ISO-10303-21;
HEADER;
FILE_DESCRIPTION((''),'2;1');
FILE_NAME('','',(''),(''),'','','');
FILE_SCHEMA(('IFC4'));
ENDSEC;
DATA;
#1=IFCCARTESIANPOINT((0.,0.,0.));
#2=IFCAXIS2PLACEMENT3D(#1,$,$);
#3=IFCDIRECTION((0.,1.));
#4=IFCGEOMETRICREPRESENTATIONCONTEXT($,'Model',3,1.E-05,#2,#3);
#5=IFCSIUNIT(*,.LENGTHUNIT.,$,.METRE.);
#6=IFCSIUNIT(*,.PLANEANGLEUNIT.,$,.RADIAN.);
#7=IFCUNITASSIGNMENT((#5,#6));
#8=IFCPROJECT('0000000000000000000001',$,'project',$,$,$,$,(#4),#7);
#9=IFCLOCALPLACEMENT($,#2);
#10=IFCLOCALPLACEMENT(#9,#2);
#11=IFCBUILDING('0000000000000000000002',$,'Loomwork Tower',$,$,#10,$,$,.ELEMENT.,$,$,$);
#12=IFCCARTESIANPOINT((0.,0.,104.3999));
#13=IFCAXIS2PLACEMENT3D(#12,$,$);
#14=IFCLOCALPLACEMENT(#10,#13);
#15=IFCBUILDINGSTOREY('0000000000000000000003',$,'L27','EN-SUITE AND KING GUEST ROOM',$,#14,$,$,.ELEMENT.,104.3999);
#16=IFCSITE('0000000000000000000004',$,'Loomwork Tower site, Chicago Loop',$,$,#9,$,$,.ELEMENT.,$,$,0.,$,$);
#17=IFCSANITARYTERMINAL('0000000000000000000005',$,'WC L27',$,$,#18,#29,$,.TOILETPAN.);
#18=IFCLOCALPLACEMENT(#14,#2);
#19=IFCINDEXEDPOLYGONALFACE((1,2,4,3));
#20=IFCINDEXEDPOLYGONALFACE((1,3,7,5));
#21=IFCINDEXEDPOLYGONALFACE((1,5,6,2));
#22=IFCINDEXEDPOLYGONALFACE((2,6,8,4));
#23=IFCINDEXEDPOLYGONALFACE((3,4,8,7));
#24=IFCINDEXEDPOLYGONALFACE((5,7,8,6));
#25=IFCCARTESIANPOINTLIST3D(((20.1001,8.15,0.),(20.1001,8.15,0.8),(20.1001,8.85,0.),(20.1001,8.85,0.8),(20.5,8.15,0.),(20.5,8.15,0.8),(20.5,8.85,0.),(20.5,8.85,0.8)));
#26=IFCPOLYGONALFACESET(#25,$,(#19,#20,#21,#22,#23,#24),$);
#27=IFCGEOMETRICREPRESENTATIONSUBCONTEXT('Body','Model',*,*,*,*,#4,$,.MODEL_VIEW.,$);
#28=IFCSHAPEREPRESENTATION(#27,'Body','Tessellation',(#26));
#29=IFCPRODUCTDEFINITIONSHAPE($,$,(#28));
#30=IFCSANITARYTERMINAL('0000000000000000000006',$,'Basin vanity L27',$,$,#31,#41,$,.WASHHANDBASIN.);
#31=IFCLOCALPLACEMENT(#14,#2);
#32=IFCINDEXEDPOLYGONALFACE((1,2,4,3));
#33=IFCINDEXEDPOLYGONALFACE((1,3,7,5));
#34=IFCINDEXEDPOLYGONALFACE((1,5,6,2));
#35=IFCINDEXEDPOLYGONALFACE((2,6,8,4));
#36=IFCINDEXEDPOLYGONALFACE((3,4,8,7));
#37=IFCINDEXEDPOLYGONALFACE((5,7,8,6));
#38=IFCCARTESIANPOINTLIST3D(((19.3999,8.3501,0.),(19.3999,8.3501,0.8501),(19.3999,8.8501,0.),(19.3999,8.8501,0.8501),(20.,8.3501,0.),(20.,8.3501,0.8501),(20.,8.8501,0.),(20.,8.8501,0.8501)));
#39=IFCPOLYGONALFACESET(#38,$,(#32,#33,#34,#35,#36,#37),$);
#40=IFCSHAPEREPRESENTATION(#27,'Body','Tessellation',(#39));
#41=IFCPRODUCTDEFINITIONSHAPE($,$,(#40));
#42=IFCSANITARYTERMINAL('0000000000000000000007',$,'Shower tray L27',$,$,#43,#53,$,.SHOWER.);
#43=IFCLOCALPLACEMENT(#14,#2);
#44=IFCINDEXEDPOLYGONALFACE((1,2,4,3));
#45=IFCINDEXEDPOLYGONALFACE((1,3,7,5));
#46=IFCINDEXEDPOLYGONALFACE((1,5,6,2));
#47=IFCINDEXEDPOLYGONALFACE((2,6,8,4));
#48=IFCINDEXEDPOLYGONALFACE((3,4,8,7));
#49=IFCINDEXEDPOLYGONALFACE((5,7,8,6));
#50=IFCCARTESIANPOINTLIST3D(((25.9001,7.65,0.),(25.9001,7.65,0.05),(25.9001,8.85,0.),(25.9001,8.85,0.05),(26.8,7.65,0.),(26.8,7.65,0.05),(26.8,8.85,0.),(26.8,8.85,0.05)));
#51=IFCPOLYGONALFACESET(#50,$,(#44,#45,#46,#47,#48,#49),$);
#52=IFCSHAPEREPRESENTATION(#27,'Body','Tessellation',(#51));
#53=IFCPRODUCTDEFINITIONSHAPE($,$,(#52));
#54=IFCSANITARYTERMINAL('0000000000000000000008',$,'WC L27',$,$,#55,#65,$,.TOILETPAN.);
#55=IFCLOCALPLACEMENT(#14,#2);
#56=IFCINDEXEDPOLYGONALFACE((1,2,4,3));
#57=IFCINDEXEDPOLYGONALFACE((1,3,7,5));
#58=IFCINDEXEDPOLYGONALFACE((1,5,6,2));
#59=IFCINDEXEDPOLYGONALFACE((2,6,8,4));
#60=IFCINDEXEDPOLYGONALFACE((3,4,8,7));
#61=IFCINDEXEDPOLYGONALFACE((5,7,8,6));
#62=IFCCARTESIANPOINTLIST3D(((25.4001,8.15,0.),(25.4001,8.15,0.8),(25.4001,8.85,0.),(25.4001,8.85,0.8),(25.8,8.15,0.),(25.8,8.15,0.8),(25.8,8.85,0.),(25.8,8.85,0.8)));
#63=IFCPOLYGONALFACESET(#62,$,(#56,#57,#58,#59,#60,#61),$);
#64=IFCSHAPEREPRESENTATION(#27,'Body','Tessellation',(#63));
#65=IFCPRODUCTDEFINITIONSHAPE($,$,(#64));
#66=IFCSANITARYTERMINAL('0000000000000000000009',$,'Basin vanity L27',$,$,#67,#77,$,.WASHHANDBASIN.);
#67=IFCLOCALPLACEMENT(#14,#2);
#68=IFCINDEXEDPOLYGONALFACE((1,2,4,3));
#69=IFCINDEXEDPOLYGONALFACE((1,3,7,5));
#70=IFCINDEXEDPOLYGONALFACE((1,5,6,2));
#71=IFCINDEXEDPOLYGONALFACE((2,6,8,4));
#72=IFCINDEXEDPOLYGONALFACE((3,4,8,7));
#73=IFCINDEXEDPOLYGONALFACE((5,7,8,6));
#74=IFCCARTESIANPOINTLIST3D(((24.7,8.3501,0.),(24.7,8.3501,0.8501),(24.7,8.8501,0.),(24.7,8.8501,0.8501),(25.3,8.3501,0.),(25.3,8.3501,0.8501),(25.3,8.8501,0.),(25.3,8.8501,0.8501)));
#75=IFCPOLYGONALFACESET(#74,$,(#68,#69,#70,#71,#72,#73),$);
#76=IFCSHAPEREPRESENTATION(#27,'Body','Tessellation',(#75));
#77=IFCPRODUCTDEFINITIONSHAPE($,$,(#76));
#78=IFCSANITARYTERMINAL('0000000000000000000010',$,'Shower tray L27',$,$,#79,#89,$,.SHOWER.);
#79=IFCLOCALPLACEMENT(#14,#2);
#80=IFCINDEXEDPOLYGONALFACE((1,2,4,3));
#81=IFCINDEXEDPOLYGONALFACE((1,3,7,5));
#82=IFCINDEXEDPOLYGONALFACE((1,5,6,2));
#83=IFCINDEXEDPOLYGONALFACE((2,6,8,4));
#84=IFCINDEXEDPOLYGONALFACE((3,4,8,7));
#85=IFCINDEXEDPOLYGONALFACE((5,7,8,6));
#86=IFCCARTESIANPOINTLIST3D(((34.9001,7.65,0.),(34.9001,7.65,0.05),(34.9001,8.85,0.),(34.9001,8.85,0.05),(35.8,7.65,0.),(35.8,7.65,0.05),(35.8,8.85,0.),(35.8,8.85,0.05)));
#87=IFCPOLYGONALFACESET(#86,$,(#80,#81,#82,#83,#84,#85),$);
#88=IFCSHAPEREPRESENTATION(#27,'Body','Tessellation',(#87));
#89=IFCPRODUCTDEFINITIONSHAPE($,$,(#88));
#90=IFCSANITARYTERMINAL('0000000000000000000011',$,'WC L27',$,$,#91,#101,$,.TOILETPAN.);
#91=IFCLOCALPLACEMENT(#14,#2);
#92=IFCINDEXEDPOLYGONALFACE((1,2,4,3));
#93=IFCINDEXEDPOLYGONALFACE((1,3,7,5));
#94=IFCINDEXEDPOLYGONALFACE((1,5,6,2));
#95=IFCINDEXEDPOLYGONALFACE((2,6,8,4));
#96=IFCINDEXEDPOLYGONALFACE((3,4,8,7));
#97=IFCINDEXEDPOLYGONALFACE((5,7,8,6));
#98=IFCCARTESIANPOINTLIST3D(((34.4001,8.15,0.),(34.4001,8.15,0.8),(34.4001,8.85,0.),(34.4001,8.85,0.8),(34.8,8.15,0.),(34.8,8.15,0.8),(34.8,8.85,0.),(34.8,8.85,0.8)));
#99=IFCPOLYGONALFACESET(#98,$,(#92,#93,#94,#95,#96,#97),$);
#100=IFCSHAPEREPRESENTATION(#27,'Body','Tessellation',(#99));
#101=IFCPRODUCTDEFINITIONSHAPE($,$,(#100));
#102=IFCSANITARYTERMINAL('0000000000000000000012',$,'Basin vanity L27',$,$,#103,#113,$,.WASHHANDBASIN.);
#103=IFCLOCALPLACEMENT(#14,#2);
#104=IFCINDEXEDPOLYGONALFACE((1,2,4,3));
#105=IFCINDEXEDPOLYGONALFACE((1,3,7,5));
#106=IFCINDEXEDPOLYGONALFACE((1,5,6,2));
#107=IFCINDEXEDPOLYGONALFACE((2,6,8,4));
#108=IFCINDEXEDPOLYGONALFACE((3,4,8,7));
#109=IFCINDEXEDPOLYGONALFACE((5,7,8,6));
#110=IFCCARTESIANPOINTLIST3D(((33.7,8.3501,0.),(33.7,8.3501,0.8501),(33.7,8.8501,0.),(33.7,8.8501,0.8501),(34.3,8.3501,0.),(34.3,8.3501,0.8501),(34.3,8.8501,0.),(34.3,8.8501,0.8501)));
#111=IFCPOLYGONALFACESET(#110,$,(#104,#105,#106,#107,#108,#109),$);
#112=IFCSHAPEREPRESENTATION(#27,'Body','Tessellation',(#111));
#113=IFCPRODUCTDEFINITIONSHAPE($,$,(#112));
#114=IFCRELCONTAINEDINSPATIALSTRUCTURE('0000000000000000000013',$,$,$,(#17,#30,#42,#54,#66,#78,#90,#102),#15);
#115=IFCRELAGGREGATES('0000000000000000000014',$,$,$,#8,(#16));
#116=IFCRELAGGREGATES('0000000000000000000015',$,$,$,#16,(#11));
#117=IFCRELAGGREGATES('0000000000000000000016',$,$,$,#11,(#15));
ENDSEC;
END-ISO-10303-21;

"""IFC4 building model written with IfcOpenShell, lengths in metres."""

from ifc_helpers import new_model, si_unit, direction, frame, origin, origin_2d, place, context, subcontext, project, spatial, rectangle, extrude, element, save


model = new_model("IFC4")

# Units and contexts
model_context = context("Model", 3, precision=1e-05, world=origin(), true_north=direction((0.0, 1.0)))
body_context = subcontext(model_context, "Body", "Model", "MODEL_VIEW")
ifc_project = project(units=[si_unit("LENGTHUNIT", "METRE"), si_unit("PLANEANGLEUNIT", "RADIAN")], contexts=[model_context])

# Site, building, storey
site_placement = place(None, origin())
site = spatial("IfcSite", under=ifc_project, at=site_placement, Name="Loomwork Tower site, Chicago Loop", CompositionType="ELEMENT", RefElevation=0.0)
building_placement = place(site_placement, origin())
building = spatial("IfcBuilding", under=site, at=building_placement, Name="Loomwork Tower", CompositionType="ELEMENT")
storey_placement = place(building_placement, frame((0.0, 0.0, 104.3999)))
storey = spatial("IfcBuildingStorey", under=building, at=storey_placement, Name="L27", Description="EN-SUITE AND KING GUEST ROOM", CompositionType="ELEMENT", Elevation=104.3999)

# Sanitary terminals
sanitary_terminal_1_placement = place(storey_placement, frame((20.3, 8.5, 0.0), z_axis=(0.0, 0.0, 1.0), x_axis=(1.0, 0.0, 0.0)))
element("IfcSanitaryTerminal", 1, at=sanitary_terminal_1_placement, inside=storey, Name="WC L27", PredefinedType="TOILETPAN", context=body_context, shape_type="SweptSolid", body=[
    extrude(rectangle(XDim=0.3999, YDim=0.7, at=origin_2d()), origin(), (0.0, 0.0, 1.0), 0.8),
])
sanitary_terminal_2_placement = place(storey_placement, frame((19.7, 8.6001, 0.0), z_axis=(0.0, 0.0, 1.0), x_axis=(1.0, 0.0, 0.0)))
element("IfcSanitaryTerminal", 2, at=sanitary_terminal_2_placement, inside=storey, Name="Basin vanity L27", PredefinedType="WASHHANDBASIN", context=body_context, shape_type="SweptSolid", body=[
    extrude(rectangle(XDim=0.6001, YDim=0.5, at=origin_2d()), origin(), (0.0, 0.0, 1.0), 0.8501),
])
sanitary_terminal_3_placement = place(storey_placement, frame((26.3501, 8.25, 0.0), z_axis=(0.0, 0.0, 1.0), x_axis=(1.0, 0.0, 0.0)))
element("IfcSanitaryTerminal", 3, at=sanitary_terminal_3_placement, inside=storey, Name="Shower tray L27", PredefinedType="SHOWER", context=body_context, shape_type="SweptSolid", body=[
    extrude(rectangle(XDim=0.8999, YDim=1.2, at=origin_2d()), origin(), (0.0, 0.0, 1.0), 0.05),
])
sanitary_terminal_4_placement = place(storey_placement, frame((25.6001, 8.5, 0.0), z_axis=(0.0, 0.0, 1.0), x_axis=(1.0, 0.0, 0.0)))
element("IfcSanitaryTerminal", 4, at=sanitary_terminal_4_placement, inside=storey, Name="WC L27", PredefinedType="TOILETPAN", context=body_context, shape_type="SweptSolid", body=[
    extrude(rectangle(XDim=0.3999, YDim=0.7, at=origin_2d()), origin(), (0.0, 0.0, 1.0), 0.8),
])
sanitary_terminal_5_placement = place(storey_placement, frame((25.0, 8.6001, 0.0), z_axis=(0.0, 0.0, 1.0), x_axis=(1.0, 0.0, 0.0)))
element("IfcSanitaryTerminal", 5, at=sanitary_terminal_5_placement, inside=storey, Name="Basin vanity L27", PredefinedType="WASHHANDBASIN", context=body_context, shape_type="SweptSolid", body=[
    extrude(rectangle(XDim=0.6001, YDim=0.5, at=origin_2d()), origin(), (0.0, 0.0, 1.0), 0.8501),
])
sanitary_terminal_6_placement = place(storey_placement, frame((35.3501, 8.25, 0.0), z_axis=(0.0, 0.0, 1.0), x_axis=(1.0, 0.0, 0.0)))
element("IfcSanitaryTerminal", 6, at=sanitary_terminal_6_placement, inside=storey, Name="Shower tray L27", PredefinedType="SHOWER", context=body_context, shape_type="SweptSolid", body=[
    extrude(rectangle(XDim=0.8999, YDim=1.2, at=origin_2d()), origin(), (0.0, 0.0, 1.0), 0.05),
])
sanitary_terminal_7_placement = place(storey_placement, frame((34.6001, 8.5, 0.0), z_axis=(0.0, 0.0, 1.0), x_axis=(1.0, 0.0, 0.0)))
element("IfcSanitaryTerminal", 7, at=sanitary_terminal_7_placement, inside=storey, Name="WC L27", PredefinedType="TOILETPAN", context=body_context, shape_type="SweptSolid", body=[
    extrude(rectangle(XDim=0.3999, YDim=0.7, at=origin_2d()), origin(), (0.0, 0.0, 1.0), 0.8),
])
sanitary_terminal_8_placement = place(storey_placement, frame((34.0, 8.6001, 0.0), z_axis=(0.0, 0.0, 1.0), x_axis=(1.0, 0.0, 0.0)))
element("IfcSanitaryTerminal", 8, at=sanitary_terminal_8_placement, inside=storey, Name="Basin vanity L27", PredefinedType="WASHHANDBASIN", context=body_context, shape_type="SweptSolid", body=[
    extrude(rectangle(XDim=0.6001, YDim=0.5, at=origin_2d()), origin(), (0.0, 0.0, 1.0), 0.8501),
])

save(model, "model.ifc")
